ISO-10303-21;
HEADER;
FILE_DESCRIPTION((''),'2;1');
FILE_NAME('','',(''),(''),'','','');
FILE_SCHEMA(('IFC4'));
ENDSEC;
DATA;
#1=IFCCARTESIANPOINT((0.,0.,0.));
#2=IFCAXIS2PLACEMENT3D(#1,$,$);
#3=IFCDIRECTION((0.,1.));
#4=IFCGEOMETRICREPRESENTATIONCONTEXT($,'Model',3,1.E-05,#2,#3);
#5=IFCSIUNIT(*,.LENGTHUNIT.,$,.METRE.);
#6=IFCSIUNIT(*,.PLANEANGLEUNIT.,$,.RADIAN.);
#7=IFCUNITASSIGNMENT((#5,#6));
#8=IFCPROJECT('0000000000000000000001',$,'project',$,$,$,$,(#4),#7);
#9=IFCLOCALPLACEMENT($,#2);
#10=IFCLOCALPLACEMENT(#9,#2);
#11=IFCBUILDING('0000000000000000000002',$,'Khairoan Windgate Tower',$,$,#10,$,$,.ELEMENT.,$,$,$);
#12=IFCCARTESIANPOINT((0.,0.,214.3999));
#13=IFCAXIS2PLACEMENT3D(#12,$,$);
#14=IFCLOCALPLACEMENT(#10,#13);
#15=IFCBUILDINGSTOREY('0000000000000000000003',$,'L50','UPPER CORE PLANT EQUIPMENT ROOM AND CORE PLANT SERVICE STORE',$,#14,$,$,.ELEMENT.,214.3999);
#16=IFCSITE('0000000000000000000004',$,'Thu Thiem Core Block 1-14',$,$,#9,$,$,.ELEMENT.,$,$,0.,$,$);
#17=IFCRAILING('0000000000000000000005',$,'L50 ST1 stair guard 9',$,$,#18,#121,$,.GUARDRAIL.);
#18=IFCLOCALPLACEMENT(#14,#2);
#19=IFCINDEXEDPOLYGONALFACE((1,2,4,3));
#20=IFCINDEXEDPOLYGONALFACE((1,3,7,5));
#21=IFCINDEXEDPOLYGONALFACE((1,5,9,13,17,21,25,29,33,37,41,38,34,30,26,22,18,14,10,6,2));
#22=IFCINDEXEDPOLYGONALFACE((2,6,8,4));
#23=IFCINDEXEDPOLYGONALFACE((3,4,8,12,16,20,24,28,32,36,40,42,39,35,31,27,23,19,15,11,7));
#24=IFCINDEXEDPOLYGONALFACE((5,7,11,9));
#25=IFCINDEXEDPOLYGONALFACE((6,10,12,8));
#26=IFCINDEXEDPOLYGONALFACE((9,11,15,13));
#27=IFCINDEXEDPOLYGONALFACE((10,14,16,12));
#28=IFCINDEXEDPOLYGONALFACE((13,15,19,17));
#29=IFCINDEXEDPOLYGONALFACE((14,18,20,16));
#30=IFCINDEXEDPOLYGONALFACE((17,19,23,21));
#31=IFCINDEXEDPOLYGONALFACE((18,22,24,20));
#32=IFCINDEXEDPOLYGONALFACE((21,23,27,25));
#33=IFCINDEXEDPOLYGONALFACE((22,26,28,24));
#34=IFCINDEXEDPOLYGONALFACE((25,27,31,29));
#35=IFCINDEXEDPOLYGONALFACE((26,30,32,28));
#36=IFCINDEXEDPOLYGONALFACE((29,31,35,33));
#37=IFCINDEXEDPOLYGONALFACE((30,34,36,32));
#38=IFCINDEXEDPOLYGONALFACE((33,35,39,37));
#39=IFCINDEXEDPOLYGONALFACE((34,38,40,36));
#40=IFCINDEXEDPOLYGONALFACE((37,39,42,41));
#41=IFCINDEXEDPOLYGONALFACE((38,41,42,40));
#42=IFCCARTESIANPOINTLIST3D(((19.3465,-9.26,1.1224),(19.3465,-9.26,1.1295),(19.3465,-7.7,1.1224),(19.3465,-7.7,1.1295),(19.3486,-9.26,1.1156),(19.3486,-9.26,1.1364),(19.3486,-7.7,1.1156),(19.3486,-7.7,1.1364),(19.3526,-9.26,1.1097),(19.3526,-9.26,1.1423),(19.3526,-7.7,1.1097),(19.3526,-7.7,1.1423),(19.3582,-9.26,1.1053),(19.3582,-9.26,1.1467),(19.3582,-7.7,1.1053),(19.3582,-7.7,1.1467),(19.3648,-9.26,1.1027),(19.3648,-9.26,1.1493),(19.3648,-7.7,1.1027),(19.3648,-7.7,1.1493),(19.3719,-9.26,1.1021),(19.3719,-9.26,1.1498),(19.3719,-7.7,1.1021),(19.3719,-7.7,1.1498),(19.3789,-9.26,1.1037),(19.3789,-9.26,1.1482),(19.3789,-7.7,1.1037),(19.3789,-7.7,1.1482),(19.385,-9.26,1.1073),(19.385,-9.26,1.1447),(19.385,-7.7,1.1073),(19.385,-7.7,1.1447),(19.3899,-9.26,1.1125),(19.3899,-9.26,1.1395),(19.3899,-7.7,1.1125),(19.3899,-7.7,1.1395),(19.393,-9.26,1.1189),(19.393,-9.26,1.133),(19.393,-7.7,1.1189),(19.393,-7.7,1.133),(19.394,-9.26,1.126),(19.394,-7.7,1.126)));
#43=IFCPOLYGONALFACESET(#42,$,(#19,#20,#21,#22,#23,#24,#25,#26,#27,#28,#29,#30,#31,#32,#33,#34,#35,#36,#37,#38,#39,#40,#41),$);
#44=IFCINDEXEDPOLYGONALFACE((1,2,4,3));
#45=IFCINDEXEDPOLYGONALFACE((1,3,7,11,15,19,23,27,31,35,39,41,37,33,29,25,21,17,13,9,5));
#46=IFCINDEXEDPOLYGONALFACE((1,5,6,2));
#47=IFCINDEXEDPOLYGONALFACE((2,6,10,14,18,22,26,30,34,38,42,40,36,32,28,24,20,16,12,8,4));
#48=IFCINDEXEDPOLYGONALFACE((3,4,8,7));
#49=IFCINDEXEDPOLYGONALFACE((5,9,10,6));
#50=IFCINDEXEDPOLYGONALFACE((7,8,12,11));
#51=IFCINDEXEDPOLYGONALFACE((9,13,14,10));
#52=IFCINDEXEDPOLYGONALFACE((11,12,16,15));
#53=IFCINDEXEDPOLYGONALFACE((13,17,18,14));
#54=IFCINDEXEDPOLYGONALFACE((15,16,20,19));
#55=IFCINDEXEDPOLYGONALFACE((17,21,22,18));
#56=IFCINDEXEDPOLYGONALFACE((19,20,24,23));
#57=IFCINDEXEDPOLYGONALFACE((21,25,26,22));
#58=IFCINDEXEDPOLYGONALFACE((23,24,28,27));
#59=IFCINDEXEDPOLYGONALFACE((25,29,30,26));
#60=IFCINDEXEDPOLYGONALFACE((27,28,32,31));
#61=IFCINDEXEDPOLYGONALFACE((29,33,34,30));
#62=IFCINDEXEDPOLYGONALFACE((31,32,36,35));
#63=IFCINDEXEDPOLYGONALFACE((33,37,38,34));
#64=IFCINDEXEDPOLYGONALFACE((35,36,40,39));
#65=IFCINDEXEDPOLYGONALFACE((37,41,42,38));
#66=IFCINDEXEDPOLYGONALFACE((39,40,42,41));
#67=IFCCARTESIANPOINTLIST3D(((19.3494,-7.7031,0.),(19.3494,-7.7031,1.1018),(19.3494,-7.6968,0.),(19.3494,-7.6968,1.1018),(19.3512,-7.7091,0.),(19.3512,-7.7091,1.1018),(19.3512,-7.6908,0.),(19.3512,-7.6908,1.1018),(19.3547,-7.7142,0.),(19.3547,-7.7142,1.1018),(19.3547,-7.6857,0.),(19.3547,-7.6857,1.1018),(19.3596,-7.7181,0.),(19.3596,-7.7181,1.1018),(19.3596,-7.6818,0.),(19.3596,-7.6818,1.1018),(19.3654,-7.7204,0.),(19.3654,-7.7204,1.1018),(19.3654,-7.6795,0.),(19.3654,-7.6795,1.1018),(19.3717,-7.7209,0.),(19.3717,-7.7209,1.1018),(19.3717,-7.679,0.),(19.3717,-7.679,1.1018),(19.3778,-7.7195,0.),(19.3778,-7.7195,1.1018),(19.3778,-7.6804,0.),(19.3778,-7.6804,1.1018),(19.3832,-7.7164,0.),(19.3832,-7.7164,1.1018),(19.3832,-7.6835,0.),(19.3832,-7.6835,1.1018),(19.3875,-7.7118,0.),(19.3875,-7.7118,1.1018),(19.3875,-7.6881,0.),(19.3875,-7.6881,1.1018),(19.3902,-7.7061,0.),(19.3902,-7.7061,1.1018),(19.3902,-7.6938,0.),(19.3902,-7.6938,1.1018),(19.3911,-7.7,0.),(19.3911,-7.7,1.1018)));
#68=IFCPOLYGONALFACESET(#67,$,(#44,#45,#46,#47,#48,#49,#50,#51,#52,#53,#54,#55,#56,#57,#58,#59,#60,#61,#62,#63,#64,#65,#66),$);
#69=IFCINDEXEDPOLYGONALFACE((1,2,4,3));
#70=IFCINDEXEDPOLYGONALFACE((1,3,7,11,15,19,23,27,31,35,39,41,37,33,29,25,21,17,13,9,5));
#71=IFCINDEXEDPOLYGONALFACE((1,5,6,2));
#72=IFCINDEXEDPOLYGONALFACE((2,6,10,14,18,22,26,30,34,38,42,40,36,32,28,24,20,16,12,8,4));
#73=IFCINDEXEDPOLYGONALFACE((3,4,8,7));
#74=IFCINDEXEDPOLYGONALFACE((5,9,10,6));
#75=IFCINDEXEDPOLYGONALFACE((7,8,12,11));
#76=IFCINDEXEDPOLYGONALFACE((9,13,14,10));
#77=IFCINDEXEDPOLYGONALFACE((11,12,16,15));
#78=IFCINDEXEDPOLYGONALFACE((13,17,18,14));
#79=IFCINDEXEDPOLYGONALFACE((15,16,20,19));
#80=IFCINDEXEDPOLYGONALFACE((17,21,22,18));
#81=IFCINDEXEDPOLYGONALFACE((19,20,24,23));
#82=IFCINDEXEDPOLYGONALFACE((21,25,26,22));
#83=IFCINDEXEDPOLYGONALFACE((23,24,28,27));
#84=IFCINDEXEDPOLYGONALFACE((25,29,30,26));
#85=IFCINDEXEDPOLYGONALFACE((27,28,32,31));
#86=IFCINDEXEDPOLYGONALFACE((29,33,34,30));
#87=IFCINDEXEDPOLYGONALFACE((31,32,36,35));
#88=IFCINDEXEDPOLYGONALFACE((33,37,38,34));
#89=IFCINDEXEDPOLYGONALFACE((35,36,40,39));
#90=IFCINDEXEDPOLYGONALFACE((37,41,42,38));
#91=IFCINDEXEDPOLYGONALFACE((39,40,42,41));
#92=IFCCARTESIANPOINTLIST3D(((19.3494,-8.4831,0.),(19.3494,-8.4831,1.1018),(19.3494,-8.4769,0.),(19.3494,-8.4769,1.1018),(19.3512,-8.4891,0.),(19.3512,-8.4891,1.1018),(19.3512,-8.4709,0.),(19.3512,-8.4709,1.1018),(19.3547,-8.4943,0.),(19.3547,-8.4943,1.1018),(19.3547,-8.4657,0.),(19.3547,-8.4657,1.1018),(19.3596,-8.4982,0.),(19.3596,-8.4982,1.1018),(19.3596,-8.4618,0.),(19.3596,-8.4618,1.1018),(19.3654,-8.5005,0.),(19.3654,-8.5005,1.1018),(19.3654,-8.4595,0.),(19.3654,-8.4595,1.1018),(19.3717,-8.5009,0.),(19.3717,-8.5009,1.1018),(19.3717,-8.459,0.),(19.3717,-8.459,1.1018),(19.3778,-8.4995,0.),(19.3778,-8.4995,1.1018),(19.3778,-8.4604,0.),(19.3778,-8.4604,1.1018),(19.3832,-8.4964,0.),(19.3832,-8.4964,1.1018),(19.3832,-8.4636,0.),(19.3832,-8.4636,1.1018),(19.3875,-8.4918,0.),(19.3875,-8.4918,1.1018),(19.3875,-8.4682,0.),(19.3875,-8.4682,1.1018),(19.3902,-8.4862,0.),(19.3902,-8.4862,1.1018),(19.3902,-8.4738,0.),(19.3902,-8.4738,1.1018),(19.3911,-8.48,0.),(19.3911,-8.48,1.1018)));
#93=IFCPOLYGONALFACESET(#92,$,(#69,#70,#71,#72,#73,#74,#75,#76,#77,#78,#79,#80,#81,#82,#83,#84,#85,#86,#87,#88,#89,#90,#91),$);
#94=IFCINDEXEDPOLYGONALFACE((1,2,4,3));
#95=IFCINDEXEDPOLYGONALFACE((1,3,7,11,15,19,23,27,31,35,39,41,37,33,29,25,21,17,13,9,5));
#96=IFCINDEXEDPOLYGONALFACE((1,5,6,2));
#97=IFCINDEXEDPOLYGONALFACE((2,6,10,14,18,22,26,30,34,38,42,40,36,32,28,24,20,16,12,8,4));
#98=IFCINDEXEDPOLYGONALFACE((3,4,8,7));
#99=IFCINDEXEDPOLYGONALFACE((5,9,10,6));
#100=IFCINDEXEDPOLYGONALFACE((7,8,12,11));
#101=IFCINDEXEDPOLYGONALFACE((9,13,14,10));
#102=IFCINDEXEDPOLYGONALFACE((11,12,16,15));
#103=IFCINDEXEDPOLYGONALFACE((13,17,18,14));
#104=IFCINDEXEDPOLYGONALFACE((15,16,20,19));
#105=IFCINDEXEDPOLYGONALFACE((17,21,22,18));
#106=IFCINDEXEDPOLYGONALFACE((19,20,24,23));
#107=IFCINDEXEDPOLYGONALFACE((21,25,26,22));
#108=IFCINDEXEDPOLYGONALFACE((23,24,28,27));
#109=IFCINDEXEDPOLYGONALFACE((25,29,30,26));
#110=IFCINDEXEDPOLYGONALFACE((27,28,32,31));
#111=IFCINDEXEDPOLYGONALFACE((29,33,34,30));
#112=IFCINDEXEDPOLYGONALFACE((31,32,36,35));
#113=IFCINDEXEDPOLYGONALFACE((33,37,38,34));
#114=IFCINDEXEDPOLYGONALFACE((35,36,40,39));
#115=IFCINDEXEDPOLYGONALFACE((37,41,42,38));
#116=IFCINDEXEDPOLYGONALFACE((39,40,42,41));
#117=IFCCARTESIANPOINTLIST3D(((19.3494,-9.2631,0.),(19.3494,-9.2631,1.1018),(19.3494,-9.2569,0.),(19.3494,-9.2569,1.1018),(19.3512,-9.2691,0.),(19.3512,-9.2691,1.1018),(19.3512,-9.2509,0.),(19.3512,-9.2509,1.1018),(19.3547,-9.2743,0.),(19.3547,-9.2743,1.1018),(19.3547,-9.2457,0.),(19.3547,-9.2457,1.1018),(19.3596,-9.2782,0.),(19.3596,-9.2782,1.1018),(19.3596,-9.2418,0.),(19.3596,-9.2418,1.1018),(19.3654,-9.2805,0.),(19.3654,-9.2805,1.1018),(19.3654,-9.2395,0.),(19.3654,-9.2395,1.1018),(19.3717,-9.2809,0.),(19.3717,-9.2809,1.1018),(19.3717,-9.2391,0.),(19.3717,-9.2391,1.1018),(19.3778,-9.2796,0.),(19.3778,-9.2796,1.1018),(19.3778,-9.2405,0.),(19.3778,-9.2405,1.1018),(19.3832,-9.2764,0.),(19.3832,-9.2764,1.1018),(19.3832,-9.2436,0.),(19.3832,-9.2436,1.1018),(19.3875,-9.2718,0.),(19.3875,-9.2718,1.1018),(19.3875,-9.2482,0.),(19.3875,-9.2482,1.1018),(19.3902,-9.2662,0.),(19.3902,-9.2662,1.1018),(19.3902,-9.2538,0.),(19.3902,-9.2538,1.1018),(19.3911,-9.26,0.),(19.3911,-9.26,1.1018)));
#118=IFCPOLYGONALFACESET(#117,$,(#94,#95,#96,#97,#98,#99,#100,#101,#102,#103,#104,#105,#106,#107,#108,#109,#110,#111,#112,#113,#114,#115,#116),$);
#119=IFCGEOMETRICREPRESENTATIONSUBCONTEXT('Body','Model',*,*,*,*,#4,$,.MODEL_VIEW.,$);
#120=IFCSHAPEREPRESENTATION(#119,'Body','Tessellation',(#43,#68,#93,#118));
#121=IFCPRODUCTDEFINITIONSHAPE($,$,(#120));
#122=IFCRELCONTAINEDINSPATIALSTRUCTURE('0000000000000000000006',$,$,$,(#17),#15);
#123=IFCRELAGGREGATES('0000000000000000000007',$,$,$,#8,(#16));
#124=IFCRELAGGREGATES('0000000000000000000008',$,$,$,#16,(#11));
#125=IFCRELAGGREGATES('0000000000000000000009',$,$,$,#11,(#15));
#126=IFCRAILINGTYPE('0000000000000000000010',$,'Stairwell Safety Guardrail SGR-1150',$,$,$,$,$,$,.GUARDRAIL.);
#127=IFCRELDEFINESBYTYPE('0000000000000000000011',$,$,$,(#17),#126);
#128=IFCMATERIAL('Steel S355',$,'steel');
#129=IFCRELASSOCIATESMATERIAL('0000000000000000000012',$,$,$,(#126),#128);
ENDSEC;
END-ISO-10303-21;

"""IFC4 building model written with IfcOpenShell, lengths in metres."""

from ifc_helpers import new_model, si_unit, direction, frame, origin, origin_2d, place, context, subcontext, project, spatial, circle, extrude, material, type_object, element, save


model = new_model("IFC4")

# Units and contexts
model_context = context("Model", 3, precision=1e-05, world=origin(), true_north=direction((0.0, 1.0)))
body_context = subcontext(model_context, "Body", "Model", "MODEL_VIEW")
ifc_project = project(units=[si_unit("LENGTHUNIT", "METRE"), si_unit("PLANEANGLEUNIT", "RADIAN")], contexts=[model_context])

# Site, building, storey
site_placement = place(None, origin())
site = spatial("IfcSite", under=ifc_project, at=site_placement, Name="Thu Thiem Core Block 1-14", CompositionType="ELEMENT", RefElevation=0.0)
building_placement = place(site_placement, origin())
building = spatial("IfcBuilding", under=site, at=building_placement, Name="Khairoan Windgate Tower", CompositionType="ELEMENT")
storey_placement = place(building_placement, frame((0.0, 0.0, 214.3999)))
storey = spatial("IfcBuildingStorey", under=building, at=storey_placement, Name="L50", Description="UPPER CORE PLANT EQUIPMENT ROOM AND CORE PLANT SERVICE STORE", CompositionType="ELEMENT", Elevation=214.3999)

# Railing
ifc_material_1 = material(Name="Steel S355", Category="steel")
railing_type_1 = type_object("IfcRailingType", Name="Stairwell Safety Guardrail SGR-1150", PredefinedType="GUARDRAIL", material=ifc_material_1)
for number, where, name in (
    (1, (19.3701, -7.7, 0.0), "L50 ST1 stair guard 9"),
):
    element("IfcRailing", number, at=place(storey_placement, frame(where)), inside=storey, type_object=railing_type_1, Name=name, PredefinedType="GUARDRAIL", context=body_context, shape_type="SweptSolid", body=[
        extrude(circle(Radius=0.0239, at=origin_2d()), frame((0.0, 0.0, 1.126), z_axis=(0.0, -1.0, 0.0), x_axis=(1.0, 0.0, 0.0)), (0.0, 0.0, 1.0), 1.5601),
        extrude(circle(Radius=0.021, at=origin_2d()), origin(), (0.0, 0.0, 1.0), 1.1018),
        extrude(circle(Radius=0.021, at=origin_2d()), frame((0.0, -0.78, 0.0)), (0.0, 0.0, 1.0), 1.1018),
        extrude(circle(Radius=0.021, at=origin_2d()), frame((0.0, -1.5601, 0.0)), (0.0, 0.0, 1.0), 1.1018),
    ])

save(model, "model.ifc")
